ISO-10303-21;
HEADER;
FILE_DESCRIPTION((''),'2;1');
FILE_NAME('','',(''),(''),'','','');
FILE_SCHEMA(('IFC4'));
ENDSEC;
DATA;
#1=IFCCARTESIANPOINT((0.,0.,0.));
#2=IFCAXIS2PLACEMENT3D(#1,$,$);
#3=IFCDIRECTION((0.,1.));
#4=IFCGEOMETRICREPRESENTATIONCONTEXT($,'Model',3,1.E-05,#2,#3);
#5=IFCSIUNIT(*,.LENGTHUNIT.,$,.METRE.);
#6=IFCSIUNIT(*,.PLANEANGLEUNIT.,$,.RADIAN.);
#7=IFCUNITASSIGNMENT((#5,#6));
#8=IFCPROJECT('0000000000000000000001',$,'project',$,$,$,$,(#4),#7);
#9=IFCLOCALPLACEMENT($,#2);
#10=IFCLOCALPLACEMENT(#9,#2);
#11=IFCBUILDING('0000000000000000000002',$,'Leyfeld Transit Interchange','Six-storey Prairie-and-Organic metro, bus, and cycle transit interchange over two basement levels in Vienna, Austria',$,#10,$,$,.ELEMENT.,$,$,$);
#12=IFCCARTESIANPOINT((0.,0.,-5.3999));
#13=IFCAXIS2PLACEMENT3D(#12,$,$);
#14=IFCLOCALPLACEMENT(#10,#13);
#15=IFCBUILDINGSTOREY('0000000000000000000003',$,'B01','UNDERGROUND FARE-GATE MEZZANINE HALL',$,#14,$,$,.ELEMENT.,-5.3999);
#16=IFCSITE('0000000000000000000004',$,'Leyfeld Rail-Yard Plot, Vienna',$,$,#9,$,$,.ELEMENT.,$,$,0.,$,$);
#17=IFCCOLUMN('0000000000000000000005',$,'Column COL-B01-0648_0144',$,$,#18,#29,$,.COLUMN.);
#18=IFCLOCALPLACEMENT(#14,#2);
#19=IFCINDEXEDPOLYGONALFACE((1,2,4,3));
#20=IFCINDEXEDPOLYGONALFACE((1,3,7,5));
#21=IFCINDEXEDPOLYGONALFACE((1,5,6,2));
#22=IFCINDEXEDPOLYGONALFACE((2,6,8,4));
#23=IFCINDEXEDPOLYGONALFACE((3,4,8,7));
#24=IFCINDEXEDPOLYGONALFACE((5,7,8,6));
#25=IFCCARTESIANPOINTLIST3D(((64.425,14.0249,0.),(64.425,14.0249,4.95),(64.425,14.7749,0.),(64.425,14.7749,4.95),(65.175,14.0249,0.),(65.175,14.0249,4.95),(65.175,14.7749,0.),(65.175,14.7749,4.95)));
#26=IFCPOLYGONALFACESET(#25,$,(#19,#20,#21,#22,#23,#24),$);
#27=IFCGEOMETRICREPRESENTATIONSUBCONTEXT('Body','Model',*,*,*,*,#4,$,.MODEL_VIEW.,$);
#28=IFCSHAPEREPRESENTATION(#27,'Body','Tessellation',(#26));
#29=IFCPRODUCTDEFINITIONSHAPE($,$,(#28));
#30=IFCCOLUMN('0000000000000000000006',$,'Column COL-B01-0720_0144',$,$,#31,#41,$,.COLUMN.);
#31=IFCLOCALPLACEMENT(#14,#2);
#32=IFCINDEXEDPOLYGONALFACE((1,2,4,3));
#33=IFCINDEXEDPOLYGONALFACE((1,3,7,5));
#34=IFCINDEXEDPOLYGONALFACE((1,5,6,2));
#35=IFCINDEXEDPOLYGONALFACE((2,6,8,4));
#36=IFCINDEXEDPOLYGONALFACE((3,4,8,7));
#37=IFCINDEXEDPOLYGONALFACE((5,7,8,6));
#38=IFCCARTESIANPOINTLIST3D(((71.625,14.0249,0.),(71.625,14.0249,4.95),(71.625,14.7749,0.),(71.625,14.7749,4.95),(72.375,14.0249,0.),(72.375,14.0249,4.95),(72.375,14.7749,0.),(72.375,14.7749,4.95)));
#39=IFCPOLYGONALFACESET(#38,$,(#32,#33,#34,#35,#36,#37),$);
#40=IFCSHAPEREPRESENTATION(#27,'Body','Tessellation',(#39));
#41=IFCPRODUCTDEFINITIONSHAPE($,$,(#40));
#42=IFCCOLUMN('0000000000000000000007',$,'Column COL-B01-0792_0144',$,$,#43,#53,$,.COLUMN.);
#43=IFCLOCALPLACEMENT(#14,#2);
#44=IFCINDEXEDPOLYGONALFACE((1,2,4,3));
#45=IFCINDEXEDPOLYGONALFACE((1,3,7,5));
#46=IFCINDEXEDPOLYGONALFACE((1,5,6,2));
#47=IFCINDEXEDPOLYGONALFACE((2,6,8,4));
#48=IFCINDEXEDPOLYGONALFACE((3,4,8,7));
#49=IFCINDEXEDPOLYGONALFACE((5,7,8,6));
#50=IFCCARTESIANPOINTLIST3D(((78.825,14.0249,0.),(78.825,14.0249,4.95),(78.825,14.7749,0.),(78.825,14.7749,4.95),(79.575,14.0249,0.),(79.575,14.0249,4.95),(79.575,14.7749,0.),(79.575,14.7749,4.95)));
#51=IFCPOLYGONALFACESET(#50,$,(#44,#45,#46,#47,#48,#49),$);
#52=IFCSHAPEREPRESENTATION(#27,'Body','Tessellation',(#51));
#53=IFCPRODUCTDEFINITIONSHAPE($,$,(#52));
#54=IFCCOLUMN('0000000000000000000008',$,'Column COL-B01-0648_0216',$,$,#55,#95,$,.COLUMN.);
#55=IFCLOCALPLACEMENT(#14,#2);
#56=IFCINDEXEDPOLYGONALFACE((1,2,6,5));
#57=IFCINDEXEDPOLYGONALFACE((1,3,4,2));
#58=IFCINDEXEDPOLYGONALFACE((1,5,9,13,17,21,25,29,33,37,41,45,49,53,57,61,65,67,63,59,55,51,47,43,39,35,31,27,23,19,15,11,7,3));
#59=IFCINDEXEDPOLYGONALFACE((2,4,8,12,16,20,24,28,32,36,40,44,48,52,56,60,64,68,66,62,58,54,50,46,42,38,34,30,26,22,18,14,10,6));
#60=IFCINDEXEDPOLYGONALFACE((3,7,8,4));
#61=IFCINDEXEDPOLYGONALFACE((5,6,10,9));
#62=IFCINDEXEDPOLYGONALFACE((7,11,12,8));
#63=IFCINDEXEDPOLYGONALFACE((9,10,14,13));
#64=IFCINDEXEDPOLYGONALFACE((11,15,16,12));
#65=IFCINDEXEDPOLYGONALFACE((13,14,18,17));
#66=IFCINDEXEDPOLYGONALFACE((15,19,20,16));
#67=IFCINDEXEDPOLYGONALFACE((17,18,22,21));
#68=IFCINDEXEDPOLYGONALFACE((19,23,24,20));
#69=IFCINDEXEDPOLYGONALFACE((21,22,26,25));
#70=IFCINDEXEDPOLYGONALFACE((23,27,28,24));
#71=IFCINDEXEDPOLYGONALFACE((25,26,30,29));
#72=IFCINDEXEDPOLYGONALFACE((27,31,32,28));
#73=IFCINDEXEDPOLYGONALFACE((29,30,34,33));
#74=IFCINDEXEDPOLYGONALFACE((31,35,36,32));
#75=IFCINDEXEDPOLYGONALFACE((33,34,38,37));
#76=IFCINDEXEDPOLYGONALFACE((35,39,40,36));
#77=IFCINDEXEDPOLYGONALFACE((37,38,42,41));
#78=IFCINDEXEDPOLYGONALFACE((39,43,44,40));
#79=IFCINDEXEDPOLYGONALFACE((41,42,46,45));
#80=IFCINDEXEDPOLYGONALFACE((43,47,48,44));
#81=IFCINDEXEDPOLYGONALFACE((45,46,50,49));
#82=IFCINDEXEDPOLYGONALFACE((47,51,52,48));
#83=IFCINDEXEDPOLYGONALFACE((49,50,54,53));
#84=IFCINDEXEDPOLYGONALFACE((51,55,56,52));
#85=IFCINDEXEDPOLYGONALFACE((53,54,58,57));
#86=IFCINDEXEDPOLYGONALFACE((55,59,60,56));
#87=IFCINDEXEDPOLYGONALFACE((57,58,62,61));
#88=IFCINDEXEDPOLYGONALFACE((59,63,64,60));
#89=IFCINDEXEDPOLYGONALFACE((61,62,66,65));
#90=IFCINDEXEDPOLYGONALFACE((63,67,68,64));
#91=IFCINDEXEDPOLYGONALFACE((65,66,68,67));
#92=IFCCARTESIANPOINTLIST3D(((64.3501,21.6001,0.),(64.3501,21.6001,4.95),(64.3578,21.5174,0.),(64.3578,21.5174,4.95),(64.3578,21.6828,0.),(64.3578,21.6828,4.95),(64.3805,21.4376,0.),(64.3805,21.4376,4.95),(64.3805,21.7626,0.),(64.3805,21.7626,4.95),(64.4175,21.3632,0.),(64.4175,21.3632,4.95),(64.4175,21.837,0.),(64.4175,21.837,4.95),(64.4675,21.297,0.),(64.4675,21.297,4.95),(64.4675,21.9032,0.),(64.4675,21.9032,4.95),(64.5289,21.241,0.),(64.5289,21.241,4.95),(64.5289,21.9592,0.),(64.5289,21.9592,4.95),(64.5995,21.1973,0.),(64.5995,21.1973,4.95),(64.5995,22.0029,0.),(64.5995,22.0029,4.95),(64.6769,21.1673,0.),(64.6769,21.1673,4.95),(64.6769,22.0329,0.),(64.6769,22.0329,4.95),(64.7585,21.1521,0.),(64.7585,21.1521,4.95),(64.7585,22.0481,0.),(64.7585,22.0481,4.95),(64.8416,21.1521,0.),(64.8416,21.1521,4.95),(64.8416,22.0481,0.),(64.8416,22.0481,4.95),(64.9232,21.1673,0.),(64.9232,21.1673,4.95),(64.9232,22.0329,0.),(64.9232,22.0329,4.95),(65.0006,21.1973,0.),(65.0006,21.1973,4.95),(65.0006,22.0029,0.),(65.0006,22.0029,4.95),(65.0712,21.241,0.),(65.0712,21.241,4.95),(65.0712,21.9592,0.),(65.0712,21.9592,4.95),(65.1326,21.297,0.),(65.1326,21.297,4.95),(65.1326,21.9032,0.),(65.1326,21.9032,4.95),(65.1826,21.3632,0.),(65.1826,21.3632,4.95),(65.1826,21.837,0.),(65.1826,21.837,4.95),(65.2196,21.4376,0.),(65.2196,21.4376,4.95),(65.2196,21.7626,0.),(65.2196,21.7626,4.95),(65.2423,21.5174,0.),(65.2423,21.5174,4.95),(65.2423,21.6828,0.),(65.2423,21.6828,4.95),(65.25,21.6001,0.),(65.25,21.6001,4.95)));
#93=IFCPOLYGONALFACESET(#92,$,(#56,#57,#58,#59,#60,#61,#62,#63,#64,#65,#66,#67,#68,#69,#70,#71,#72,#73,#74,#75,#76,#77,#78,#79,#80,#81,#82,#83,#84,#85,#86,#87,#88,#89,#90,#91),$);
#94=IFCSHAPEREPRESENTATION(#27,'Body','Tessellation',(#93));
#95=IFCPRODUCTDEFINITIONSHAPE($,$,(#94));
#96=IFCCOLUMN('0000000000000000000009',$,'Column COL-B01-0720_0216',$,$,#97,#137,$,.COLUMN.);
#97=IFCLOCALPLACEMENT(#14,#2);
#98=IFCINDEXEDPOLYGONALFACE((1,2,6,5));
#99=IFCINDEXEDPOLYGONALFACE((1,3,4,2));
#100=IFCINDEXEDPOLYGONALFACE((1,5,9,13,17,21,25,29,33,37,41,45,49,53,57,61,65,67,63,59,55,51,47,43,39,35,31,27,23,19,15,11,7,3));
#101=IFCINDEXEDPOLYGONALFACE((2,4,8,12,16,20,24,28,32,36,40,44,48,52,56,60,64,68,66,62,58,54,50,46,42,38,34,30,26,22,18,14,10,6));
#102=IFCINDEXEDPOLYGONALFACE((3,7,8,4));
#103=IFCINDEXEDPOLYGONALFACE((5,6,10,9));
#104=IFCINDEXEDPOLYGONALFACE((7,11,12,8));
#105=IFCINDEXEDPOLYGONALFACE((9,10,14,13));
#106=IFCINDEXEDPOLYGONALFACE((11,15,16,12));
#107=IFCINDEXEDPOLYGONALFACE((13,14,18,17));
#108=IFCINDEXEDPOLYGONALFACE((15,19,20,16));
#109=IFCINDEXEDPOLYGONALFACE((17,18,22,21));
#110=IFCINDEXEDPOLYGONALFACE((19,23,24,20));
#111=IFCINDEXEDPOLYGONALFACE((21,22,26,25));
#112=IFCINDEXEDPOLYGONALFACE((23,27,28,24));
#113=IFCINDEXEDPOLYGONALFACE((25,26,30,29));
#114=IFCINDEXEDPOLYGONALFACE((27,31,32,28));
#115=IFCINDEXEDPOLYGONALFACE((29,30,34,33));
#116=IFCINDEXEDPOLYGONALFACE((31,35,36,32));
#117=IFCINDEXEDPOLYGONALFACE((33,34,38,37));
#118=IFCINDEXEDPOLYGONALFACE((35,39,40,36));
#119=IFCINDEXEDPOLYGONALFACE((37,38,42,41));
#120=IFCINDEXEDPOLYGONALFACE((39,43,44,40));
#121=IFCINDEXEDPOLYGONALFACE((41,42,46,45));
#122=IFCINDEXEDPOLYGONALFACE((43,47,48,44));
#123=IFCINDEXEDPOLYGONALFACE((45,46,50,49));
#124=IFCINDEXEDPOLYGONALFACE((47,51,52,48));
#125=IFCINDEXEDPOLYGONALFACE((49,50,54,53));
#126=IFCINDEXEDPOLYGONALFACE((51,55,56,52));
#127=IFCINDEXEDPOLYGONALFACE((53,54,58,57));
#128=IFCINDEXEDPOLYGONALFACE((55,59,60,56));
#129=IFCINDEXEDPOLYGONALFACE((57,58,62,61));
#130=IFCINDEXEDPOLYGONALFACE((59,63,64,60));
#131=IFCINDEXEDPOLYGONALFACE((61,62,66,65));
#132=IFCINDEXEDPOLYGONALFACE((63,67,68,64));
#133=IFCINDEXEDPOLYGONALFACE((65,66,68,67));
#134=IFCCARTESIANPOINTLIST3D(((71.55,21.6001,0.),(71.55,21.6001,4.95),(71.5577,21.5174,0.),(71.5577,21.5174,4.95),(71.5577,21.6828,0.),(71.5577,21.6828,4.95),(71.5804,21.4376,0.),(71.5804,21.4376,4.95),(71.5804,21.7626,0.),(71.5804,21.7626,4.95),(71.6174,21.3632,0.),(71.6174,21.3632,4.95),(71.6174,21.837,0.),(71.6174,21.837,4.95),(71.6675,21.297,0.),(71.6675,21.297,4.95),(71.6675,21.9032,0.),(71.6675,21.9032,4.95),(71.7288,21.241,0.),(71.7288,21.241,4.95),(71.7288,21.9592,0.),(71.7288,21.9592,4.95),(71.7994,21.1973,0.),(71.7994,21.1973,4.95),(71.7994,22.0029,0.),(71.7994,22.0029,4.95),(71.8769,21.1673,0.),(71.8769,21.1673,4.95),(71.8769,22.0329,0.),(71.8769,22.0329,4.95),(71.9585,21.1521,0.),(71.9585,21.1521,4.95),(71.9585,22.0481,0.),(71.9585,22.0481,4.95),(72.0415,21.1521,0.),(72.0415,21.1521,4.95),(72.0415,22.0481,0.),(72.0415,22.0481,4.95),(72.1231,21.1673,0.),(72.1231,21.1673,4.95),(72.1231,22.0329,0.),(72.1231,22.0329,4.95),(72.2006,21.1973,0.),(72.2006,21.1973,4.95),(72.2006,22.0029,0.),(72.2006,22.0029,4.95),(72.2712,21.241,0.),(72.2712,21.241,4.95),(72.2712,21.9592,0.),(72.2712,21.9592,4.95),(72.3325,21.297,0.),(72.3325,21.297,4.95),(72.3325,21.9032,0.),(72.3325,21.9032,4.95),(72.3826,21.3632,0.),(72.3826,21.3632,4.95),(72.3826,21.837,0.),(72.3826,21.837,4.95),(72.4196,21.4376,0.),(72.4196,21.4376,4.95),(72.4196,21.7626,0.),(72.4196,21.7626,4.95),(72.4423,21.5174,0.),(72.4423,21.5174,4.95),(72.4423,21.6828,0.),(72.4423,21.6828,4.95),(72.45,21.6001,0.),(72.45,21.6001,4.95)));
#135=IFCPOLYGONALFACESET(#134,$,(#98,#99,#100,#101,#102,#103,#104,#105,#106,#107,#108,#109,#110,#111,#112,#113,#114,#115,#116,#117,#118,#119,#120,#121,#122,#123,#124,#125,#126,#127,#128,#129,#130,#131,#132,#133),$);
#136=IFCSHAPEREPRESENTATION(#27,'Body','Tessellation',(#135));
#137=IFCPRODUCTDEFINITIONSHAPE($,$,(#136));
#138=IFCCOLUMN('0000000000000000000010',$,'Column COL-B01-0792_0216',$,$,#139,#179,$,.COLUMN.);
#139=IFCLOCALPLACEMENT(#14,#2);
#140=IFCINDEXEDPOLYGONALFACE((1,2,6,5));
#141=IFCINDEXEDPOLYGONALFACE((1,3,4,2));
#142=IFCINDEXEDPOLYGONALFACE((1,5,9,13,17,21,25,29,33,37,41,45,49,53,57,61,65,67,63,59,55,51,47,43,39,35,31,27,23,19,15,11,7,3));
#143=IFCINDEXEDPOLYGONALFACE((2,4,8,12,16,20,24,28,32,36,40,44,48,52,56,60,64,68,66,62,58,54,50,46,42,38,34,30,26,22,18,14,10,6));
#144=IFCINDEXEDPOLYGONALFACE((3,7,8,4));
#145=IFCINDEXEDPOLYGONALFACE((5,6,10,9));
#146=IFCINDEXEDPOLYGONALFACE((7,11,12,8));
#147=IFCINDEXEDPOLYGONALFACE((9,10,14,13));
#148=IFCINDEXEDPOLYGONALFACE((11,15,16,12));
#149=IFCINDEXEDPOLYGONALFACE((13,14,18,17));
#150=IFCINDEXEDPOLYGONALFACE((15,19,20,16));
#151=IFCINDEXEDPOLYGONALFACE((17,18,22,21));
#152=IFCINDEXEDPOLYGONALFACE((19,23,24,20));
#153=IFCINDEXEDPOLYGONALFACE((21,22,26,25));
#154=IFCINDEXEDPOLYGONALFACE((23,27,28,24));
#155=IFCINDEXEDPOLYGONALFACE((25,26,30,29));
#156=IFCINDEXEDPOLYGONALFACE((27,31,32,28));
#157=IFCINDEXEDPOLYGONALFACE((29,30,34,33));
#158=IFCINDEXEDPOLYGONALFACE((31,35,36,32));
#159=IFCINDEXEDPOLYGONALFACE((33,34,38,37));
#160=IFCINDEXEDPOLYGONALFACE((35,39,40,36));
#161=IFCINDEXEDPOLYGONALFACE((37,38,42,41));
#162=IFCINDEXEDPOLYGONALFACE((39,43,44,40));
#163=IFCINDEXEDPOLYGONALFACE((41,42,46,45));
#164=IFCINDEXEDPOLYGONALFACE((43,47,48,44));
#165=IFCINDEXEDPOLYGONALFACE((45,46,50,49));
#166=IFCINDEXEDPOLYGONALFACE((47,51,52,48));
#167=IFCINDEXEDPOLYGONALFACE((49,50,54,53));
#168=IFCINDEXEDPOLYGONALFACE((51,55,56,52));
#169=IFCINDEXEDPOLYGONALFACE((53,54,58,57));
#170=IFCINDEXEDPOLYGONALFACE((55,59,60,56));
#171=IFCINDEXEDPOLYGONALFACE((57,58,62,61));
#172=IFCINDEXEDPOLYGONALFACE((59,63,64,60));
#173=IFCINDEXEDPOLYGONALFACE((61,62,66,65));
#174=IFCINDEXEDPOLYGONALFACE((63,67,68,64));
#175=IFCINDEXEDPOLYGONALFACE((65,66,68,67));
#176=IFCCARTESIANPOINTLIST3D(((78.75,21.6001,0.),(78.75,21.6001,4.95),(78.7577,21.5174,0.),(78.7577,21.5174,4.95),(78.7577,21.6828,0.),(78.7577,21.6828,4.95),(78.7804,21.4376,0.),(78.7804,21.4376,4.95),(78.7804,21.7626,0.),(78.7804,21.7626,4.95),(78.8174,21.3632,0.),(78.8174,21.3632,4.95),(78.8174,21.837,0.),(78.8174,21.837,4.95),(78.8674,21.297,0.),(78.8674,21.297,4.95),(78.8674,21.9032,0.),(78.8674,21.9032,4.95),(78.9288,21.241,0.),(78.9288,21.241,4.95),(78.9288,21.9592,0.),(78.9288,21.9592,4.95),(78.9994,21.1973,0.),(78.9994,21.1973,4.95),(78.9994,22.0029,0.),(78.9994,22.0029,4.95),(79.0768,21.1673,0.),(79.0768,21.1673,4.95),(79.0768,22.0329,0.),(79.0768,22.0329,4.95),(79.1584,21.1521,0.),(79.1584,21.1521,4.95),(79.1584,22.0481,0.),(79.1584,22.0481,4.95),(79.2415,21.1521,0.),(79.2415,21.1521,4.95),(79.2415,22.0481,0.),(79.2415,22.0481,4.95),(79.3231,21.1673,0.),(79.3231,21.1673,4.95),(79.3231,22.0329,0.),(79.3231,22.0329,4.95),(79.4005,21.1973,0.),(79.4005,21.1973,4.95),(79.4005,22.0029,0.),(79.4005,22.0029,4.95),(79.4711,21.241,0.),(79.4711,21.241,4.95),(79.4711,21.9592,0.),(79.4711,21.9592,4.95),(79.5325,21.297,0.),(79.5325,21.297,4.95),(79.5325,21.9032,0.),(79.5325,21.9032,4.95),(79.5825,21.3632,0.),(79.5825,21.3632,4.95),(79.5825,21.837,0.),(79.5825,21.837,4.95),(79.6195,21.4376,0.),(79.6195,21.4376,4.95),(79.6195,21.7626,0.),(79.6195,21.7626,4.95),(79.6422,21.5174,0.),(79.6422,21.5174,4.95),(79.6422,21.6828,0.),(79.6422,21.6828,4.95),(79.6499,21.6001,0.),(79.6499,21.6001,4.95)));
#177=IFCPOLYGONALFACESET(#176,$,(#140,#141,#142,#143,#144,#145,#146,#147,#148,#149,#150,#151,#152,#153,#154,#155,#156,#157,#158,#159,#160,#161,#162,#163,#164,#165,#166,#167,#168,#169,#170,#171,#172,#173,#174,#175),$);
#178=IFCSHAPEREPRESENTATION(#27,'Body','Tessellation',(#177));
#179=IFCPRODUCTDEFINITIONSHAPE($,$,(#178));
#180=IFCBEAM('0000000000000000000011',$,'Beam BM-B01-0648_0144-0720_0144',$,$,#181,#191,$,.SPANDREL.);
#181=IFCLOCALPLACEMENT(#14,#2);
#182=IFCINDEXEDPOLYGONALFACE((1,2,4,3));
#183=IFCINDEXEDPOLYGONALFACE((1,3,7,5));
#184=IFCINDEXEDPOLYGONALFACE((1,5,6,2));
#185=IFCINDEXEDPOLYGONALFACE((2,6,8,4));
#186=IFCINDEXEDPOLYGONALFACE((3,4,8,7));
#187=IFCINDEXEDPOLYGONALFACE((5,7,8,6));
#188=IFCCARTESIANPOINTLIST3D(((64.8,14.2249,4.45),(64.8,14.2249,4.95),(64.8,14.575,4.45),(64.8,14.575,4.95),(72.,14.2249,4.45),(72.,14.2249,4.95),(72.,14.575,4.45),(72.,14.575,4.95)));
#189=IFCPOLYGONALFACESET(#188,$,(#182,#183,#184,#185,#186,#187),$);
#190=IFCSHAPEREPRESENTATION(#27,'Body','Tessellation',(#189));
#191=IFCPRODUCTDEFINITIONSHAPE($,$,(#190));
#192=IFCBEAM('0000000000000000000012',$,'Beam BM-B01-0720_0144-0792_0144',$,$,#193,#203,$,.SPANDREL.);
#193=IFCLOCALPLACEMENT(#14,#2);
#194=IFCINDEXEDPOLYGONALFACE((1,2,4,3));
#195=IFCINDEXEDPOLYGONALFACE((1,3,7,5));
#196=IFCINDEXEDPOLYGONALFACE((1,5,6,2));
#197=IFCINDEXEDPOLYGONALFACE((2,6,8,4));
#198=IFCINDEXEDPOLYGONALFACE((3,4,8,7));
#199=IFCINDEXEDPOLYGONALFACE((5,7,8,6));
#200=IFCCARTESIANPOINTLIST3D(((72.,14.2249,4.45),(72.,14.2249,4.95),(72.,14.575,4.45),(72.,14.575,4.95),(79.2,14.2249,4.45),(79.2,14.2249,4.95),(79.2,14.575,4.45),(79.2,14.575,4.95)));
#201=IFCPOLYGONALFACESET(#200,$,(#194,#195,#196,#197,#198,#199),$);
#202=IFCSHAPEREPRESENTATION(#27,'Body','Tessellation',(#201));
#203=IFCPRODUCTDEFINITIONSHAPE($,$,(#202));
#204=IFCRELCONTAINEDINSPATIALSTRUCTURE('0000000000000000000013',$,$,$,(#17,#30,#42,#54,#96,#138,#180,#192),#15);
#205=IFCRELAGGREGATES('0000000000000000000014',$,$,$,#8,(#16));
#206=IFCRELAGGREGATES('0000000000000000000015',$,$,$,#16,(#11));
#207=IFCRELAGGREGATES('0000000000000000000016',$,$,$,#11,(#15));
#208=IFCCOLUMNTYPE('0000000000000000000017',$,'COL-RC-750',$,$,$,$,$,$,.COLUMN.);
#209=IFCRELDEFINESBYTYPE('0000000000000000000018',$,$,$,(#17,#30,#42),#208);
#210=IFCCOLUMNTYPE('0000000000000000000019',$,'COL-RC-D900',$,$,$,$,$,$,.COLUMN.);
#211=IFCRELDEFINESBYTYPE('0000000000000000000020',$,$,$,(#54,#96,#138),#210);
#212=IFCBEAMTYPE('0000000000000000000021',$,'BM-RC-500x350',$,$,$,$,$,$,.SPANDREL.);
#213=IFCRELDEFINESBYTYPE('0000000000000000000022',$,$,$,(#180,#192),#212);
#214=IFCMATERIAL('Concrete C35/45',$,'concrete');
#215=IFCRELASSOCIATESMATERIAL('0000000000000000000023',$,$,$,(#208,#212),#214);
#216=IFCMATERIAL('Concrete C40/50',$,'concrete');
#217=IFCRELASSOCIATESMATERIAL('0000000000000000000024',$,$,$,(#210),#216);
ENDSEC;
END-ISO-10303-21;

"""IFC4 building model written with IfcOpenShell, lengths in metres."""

from ifc_helpers import new_model, si_unit, direction, frame, origin, origin_2d, place, context, subcontext, project, spatial, rectangle, circle, extrude, material, material_profile, profile_set, type_object, element, save


model = new_model("IFC4")

# Units and contexts
model_context = context("Model", 3, precision=1e-05, world=origin(), true_north=direction((0.0, 1.0)))
body_context = subcontext(model_context, "Body", "Model", "MODEL_VIEW")
ifc_project = project(units=[si_unit("LENGTHUNIT", "METRE"), si_unit("PLANEANGLEUNIT", "RADIAN")], contexts=[model_context])

# Site, building, storey
site_placement = place(None, origin())
site = spatial("IfcSite", under=ifc_project, at=site_placement, Name="Leyfeld Rail-Yard Plot, Vienna", CompositionType="ELEMENT", RefElevation=0.0)
building_placement = place(site_placement, origin())
building = spatial("IfcBuilding", under=site, at=building_placement, Name="Leyfeld Transit Interchange", Description="Six-storey Prairie-and-Organic metro, bus, and cycle transit interchange over two basement levels in Vienna, Austria", CompositionType="ELEMENT")
storey_placement = place(building_placement, frame((0.0, 0.0, -5.3999)))
storey = spatial("IfcBuildingStorey", under=building, at=storey_placement, Name="B01", Description="UNDERGROUND FARE-GATE MEZZANINE HALL", CompositionType="ELEMENT", Elevation=-5.3999)

# Columns
ifc_material_1 = material(Name="Concrete C35/45", Category="concrete")
ifc_material_profile_1 = material_profile(ifc_material_1, rectangle(XDim=0.75, YDim=0.75, at=origin_2d()), Name="RC 750x750")
ifc_profile_set_1 = profile_set([ifc_material_profile_1], Name="Concrete C35/45")
column_type_1 = type_object("IfcColumnType", Name="COL-RC-750", PredefinedType="COLUMN", material=ifc_profile_set_1)
for number, where, z_axis, x_axis, name in (
    (1, (64.8, 14.3999, 0.0), (0.0, 0.0, 1.0), (1.0, 0.0, 0.0), "Column COL-B01-0648_0144"),
    (2, (72.0, 14.3999, 0.0), (0.0, 0.0, 1.0), (1.0, 0.0, 0.0), "Column COL-B01-0720_0144"),
    (3, (79.2, 14.3999, 0.0), (0.0, 0.0, 1.0), (1.0, 0.0, 0.0), "Column COL-B01-0792_0144"),
):
    element("IfcColumn", number, at=place(storey_placement, frame(where, z_axis=z_axis, x_axis=x_axis)), inside=storey, type_object=column_type_1, Name=name, PredefinedType="COLUMN", context=body_context, shape_type="SweptSolid", body=[
        extrude(rectangle(XDim=0.75, YDim=0.75, at=origin_2d()), origin(), (0.0, 0.0, 1.0), 4.95),
    ])
ifc_material_2 = material(Name="Concrete C40/50", Category="concrete")
ifc_material_profile_2 = material_profile(ifc_material_2, circle(Radius=0.45, at=origin_2d()), Name="RC D900")
ifc_profile_set_2 = profile_set([ifc_material_profile_2], Name="Concrete C40/50")
column_type_2 = type_object("IfcColumnType", Name="COL-RC-D900", PredefinedType="COLUMN", material=ifc_profile_set_2)
for number, where, z_axis, x_axis, name in (
    (4, (64.8, 21.6001, 0.0), (0.0, 0.0, 1.0), (1.0, 0.0, 0.0), "Column COL-B01-0648_0216"),
    (5, (72.0, 21.6001, 0.0), (0.0, 0.0, 1.0), (1.0, 0.0, 0.0), "Column COL-B01-0720_0216"),
    (6, (79.2, 21.6001, 0.0), (0.0, 0.0, 1.0), (1.0, 0.0, 0.0), "Column COL-B01-0792_0216"),
):
    element("IfcColumn", number, at=place(storey_placement, frame(where, z_axis=z_axis, x_axis=x_axis)), inside=storey, type_object=column_type_2, Name=name, PredefinedType="COLUMN", context=body_context, shape_type="SweptSolid", body=[
        extrude(circle(Radius=0.45, at=origin_2d()), origin(), (0.0, 0.0, 1.0), 4.95),
    ])

# Beams
ifc_material_profile_3 = material_profile(ifc_material_1, rectangle(XDim=0.3501, YDim=0.5, at=origin_2d()), Name="RC 500x350")
ifc_profile_set_3 = profile_set([ifc_material_profile_3], Name="Concrete C35/45")
beam_type_1 = type_object("IfcBeamType", Name="BM-RC-500x350", PredefinedType="SPANDREL", material=ifc_profile_set_3)
for number, where, z_axis, x_axis, name in (
    (7, (64.8, 14.3999, 4.7), (1.0, 0.0, 0.0), (0.0, 1.0, 0.0), "Beam BM-B01-0648_0144-0720_0144"),
    (8, (72.0, 14.3999, 4.7), (1.0, 0.0, 0.0), (0.0, 1.0, 0.0), "Beam BM-B01-0720_0144-0792_0144"),
):
    element("IfcBeam", number, at=place(storey_placement, frame(where, z_axis=z_axis, x_axis=x_axis)), inside=storey, type_object=beam_type_1, Name=name, PredefinedType="SPANDREL", context=body_context, shape_type="SweptSolid", body=[
        extrude(rectangle(XDim=0.3501, YDim=0.5, at=origin_2d()), origin(), (0.0, 0.0, 1.0), 7.2),
    ])

save(model, "model.ifc")
